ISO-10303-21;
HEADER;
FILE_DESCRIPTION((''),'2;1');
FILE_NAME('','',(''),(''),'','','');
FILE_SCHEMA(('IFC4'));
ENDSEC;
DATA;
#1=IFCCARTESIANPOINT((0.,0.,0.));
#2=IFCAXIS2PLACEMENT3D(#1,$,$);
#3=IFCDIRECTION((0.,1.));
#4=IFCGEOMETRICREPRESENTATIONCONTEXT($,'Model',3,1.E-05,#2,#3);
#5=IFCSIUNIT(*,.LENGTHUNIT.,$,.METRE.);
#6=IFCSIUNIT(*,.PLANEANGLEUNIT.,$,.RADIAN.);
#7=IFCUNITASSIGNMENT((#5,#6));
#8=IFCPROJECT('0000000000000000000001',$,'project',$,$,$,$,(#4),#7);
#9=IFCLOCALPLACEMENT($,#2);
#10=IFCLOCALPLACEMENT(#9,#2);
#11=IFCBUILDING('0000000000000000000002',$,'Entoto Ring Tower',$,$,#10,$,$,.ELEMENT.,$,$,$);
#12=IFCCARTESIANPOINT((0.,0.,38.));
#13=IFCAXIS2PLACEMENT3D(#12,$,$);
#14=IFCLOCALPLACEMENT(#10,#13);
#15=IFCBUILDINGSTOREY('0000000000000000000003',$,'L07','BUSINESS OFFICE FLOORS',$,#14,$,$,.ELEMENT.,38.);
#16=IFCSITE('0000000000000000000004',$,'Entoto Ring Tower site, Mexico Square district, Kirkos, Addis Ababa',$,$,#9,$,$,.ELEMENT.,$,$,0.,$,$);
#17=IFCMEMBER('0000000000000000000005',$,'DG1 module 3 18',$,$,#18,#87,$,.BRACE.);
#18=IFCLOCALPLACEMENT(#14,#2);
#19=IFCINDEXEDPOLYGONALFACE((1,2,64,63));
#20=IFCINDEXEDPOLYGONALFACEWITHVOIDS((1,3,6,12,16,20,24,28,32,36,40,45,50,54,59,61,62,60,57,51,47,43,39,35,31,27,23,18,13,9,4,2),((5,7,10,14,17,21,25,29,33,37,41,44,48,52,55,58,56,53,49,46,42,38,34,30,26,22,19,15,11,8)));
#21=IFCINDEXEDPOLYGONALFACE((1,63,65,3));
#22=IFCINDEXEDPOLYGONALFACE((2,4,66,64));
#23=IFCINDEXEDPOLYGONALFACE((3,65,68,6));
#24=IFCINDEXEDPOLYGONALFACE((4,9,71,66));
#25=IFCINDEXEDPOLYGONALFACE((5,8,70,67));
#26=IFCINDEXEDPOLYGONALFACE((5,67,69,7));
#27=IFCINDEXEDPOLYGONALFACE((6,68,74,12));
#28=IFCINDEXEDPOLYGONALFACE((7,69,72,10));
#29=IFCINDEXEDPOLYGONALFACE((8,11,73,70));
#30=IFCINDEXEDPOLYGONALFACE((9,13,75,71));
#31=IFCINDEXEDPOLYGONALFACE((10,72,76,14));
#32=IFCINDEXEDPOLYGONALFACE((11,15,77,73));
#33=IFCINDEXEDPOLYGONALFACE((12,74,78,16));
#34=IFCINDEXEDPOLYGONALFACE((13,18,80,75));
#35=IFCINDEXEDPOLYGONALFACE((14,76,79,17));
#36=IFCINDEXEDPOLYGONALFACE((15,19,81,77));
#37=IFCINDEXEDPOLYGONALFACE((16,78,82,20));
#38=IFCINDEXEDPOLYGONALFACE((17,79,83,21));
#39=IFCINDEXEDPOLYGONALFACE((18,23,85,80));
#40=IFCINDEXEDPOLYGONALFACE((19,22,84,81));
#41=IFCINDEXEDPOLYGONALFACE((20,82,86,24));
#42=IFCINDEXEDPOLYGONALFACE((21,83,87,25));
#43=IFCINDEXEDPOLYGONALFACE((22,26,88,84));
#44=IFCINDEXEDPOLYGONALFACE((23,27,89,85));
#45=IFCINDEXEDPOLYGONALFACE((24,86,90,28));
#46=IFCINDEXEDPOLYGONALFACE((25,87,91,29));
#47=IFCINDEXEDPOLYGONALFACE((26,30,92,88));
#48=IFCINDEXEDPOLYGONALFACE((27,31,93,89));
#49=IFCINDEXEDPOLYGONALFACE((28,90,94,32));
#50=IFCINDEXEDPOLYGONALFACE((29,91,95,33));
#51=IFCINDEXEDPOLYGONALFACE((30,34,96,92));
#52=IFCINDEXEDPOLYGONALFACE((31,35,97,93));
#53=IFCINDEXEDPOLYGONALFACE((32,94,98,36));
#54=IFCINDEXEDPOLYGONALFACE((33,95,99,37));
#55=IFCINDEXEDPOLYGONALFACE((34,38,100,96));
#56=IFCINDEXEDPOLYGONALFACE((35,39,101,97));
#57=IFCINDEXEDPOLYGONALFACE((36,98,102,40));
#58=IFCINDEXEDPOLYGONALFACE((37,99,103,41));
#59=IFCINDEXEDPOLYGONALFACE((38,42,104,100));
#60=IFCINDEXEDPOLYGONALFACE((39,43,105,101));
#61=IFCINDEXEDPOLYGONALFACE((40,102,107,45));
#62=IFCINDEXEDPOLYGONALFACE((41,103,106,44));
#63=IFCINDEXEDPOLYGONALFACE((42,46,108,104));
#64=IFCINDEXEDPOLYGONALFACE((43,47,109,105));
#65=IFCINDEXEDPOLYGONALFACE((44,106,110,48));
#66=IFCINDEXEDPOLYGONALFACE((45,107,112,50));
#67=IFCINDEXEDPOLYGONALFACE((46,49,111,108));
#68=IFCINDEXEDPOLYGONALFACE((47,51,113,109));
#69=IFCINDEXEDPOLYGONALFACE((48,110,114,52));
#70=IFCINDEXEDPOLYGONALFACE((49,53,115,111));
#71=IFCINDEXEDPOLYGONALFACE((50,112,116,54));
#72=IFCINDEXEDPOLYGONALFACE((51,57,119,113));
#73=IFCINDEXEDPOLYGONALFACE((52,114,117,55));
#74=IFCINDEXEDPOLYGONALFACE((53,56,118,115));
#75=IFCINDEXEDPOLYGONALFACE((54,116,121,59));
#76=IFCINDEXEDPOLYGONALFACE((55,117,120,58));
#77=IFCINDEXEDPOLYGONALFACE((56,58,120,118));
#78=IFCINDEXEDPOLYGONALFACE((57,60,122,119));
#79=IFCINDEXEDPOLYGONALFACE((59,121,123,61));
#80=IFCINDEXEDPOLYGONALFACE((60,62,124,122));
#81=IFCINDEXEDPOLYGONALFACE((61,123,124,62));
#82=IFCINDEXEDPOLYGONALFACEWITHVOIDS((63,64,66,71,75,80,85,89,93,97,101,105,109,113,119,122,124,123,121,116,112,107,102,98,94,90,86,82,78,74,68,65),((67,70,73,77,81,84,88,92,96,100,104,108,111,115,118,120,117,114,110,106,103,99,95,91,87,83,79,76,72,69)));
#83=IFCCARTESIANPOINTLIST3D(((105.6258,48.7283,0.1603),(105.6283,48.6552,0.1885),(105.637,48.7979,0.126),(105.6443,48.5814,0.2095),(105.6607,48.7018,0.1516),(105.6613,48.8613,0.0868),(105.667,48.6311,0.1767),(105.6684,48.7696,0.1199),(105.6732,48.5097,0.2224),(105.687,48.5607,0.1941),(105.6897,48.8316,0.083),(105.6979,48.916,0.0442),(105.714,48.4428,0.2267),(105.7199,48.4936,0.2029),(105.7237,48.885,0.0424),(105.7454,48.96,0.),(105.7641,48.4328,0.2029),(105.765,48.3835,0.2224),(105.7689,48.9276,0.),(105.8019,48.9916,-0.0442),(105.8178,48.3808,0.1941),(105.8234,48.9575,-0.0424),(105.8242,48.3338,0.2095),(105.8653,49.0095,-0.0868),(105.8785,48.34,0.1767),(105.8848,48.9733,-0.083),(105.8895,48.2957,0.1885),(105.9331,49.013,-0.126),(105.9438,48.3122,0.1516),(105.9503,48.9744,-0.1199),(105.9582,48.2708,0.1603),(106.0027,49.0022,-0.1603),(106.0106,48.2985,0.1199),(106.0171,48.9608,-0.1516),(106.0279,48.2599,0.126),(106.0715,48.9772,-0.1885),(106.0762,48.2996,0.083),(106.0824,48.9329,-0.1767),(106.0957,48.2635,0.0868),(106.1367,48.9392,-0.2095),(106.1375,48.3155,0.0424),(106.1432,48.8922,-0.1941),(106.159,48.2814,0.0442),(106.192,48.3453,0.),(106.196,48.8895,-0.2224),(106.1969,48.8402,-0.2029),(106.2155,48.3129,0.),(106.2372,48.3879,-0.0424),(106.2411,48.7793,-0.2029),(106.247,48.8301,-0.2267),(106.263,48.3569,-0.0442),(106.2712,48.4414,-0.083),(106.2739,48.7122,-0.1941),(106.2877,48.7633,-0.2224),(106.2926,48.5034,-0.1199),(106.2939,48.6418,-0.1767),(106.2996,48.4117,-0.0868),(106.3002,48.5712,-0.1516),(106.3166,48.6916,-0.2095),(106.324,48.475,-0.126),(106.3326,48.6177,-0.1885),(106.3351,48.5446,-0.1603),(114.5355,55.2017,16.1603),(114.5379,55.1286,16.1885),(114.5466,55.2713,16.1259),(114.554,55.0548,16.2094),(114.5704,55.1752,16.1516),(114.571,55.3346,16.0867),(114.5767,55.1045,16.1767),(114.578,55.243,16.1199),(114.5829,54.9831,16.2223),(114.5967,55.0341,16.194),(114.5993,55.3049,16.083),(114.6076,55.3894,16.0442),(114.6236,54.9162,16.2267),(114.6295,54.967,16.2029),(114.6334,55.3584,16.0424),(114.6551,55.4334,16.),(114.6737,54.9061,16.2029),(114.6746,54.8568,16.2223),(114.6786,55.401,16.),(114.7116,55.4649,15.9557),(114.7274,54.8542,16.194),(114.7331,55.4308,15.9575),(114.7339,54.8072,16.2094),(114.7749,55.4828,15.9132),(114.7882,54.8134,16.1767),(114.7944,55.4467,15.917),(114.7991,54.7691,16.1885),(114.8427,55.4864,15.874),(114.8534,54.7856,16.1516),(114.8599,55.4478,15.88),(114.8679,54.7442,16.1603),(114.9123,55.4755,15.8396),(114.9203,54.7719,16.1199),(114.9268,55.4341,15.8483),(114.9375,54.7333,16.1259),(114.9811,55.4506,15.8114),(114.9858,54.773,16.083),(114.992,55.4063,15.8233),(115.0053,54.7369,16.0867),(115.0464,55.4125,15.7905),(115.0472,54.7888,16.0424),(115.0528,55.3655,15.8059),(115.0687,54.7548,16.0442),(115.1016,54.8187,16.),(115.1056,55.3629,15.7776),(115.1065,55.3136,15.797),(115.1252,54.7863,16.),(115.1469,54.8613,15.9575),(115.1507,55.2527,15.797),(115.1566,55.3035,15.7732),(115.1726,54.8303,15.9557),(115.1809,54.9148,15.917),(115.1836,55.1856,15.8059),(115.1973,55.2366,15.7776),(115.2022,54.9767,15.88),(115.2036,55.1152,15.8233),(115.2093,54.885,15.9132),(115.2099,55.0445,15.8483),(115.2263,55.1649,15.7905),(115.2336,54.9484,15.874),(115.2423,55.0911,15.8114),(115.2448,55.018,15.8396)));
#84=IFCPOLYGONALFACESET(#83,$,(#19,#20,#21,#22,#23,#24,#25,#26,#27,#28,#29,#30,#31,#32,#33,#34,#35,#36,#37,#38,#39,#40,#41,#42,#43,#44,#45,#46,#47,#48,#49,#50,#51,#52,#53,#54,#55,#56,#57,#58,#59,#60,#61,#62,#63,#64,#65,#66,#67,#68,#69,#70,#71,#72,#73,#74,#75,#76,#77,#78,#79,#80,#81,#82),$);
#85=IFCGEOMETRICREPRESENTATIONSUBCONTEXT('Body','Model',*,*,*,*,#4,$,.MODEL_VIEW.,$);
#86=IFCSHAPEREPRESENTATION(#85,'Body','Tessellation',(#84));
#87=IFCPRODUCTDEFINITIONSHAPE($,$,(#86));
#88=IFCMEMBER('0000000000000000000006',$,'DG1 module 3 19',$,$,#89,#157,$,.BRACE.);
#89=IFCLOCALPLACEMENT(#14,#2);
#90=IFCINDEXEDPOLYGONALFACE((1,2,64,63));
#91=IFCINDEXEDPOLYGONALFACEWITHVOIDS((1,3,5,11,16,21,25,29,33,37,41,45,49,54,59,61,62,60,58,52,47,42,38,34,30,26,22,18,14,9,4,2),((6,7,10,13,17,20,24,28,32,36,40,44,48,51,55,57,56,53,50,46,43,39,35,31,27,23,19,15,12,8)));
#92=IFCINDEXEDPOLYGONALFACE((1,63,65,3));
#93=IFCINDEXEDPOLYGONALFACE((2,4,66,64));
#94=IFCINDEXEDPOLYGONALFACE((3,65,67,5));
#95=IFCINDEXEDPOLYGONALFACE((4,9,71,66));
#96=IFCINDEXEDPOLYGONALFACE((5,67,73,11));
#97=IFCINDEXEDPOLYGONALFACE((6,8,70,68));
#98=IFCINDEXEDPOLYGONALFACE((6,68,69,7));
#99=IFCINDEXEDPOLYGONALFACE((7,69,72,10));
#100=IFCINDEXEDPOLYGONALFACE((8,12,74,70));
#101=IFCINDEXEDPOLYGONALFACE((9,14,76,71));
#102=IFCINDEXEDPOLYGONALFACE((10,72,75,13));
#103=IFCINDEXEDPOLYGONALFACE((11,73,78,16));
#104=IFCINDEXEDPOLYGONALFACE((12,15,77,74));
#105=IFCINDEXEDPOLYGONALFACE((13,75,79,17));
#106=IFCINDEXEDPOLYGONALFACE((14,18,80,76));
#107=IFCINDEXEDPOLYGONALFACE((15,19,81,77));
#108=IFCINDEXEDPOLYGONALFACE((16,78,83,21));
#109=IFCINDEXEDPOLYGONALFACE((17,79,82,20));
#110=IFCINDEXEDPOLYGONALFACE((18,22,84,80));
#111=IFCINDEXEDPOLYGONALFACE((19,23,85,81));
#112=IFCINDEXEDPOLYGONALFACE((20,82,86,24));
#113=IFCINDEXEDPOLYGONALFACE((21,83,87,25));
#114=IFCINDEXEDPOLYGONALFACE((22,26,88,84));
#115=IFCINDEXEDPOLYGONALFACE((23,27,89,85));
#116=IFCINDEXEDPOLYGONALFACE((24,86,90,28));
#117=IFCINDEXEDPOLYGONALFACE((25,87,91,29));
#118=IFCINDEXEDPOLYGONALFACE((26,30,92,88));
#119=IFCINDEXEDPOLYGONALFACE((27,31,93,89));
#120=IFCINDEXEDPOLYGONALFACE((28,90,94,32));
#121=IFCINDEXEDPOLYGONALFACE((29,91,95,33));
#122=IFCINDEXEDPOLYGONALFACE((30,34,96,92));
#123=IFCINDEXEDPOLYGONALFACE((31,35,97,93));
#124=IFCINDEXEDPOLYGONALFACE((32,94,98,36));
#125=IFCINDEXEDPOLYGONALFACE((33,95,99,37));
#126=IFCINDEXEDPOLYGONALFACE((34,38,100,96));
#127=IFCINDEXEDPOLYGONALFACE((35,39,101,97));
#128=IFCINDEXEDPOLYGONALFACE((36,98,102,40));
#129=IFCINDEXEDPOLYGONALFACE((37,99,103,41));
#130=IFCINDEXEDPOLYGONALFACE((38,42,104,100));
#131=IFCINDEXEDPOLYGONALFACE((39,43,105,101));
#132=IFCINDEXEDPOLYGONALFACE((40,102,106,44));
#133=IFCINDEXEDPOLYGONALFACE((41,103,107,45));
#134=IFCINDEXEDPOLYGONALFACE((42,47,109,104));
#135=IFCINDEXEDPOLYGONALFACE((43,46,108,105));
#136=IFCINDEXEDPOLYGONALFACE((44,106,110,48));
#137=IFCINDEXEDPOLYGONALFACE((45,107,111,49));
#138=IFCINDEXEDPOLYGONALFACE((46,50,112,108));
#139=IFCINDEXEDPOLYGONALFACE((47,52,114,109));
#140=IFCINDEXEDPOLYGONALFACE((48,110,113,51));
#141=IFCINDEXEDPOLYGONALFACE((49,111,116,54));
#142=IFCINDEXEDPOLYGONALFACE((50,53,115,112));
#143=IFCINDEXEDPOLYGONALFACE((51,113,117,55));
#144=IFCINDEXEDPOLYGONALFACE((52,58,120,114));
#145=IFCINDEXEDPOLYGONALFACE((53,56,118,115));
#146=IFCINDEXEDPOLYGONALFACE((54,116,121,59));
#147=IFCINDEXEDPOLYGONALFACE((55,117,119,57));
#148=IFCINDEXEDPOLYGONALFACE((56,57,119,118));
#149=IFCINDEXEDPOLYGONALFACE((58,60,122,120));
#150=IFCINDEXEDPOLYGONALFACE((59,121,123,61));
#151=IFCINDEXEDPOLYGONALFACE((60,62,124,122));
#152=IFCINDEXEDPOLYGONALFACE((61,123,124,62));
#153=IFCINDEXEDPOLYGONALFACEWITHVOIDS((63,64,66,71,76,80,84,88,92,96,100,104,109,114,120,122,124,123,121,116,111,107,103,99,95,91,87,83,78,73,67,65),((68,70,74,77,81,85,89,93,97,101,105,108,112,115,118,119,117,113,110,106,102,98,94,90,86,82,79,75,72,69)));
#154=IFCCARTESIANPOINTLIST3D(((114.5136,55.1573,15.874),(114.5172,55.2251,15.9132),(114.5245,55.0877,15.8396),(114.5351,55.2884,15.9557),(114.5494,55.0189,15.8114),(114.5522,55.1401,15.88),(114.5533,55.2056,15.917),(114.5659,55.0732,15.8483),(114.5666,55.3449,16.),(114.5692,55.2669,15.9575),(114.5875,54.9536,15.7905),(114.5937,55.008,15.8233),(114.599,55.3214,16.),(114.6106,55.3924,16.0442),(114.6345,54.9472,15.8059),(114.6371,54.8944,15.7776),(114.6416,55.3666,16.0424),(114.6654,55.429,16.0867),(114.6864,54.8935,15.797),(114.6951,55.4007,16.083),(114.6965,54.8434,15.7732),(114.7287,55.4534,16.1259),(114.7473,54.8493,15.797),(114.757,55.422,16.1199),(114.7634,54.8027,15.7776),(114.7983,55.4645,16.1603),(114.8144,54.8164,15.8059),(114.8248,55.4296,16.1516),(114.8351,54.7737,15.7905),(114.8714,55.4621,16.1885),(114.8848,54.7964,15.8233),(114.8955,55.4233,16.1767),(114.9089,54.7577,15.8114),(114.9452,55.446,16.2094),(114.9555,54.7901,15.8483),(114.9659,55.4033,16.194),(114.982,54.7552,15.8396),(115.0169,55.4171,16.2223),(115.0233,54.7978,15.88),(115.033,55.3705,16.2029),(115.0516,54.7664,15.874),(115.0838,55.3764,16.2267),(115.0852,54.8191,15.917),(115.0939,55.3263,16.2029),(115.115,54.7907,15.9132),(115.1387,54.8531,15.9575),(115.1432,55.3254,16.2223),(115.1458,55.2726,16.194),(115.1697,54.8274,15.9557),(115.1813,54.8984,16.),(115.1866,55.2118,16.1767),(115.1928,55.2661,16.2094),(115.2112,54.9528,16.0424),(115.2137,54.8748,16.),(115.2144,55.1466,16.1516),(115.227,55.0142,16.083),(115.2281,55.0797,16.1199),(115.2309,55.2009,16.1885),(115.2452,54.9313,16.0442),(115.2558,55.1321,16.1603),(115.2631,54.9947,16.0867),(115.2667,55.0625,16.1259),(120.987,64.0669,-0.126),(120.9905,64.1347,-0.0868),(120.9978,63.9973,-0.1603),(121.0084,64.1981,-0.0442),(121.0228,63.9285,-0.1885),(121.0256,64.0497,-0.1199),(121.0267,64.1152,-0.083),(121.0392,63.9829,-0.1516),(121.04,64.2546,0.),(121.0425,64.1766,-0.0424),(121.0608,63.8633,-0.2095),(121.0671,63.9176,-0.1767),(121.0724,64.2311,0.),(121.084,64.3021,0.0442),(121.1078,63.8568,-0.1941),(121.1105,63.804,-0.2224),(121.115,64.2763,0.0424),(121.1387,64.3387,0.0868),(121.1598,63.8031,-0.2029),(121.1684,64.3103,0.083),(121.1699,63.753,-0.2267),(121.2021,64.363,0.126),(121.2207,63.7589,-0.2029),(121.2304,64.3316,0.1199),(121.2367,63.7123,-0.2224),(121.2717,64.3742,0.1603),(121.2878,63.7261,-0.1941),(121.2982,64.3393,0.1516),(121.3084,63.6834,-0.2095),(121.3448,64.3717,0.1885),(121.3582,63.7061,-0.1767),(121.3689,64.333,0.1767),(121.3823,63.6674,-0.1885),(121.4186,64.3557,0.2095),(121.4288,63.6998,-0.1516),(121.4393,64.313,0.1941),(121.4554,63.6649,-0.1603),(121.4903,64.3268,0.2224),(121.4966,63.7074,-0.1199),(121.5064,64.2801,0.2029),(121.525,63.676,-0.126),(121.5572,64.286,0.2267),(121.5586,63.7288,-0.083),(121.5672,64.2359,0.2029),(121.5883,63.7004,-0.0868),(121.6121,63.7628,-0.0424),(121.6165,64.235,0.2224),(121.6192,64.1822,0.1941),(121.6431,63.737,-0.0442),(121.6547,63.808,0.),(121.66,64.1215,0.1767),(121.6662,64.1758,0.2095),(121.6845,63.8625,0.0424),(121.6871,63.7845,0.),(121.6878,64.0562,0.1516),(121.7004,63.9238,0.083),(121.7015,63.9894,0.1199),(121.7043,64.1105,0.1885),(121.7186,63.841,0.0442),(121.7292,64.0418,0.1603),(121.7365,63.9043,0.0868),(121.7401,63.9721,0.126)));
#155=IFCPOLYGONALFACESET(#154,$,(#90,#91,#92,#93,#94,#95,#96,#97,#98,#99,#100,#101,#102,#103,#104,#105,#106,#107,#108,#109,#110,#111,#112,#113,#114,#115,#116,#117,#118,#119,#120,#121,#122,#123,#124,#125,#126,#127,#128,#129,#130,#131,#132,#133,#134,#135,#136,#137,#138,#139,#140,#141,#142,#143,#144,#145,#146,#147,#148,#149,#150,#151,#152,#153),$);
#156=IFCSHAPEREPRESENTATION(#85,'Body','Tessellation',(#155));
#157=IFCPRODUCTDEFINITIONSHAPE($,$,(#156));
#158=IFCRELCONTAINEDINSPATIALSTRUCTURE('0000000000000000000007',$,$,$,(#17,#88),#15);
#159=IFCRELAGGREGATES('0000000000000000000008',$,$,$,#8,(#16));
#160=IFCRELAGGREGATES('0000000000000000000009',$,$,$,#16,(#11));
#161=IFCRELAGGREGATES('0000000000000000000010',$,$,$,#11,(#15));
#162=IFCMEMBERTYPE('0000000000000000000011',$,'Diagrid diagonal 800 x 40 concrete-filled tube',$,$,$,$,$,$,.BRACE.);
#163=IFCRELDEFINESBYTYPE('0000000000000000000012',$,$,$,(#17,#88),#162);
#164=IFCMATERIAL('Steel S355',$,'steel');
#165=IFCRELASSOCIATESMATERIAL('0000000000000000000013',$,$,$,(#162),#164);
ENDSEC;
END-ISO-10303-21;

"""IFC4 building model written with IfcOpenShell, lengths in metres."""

from ifc_helpers import new_model, si_unit, direction, frame, origin, origin_2d, place, context, subcontext, project, spatial, circle, hollow_circle, extrude, material, material_profile, profile_set, type_object, element, save


model = new_model("IFC4")

# Units and contexts
model_context = context("Model", 3, precision=1e-05, world=origin(), true_north=direction((0.0, 1.0)))
body_context = subcontext(model_context, "Body", "Model", "MODEL_VIEW")
ifc_project = project(units=[si_unit("LENGTHUNIT", "METRE"), si_unit("PLANEANGLEUNIT", "RADIAN")], contexts=[model_context])

# Site, building, storey
site_placement = place(None, origin())
site = spatial("IfcSite", under=ifc_project, at=site_placement, Name="Entoto Ring Tower site, Mexico Square district, Kirkos, Addis Ababa", CompositionType="ELEMENT", RefElevation=0.0)
building_placement = place(site_placement, origin())
building = spatial("IfcBuilding", under=site, at=building_placement, Name="Entoto Ring Tower", CompositionType="ELEMENT")
storey_placement = place(building_placement, frame((0.0, 0.0, 38.0)))
storey = spatial("IfcBuildingStorey", under=building, at=storey_placement, Name="L07", Description="BUSINESS OFFICE FLOORS", CompositionType="ELEMENT", Elevation=38.0)

# Members
ifc_material_1 = material(Name="Steel S355", Category="steel")
ifc_material_profile_1 = material_profile(ifc_material_1, hollow_circle(Radius=0.3999, WallThickness=0.04, at=origin_2d()), Name="CHS 800 x 40")
ifc_material_2 = material(Name="Concrete C60/75", Category="concrete")
ifc_material_profile_2 = material_profile(ifc_material_2, circle(Radius=0.3601, at=origin_2d()), Name="Concrete C60/75 infill")
ifc_profile_set_1 = profile_set([ifc_material_profile_1, ifc_material_profile_2], Name="Steel S355")
member_type_1 = type_object("IfcMemberType", Name="Diagrid diagonal 800 x 40 concrete-filled tube", PredefinedType="BRACE", material=ifc_profile_set_1)
for number, where, z_axis, x_axis, name in (
    (1, (105.9805, 48.6365, 0.0), (0.458697, 0.33327, 0.823729), (-0.587793, 0.809011, 0.0), "DG1 module 3 18"),
    (2, (121.3635, 64.0195, 0.0), (-0.33327, -0.458697, 0.823729), (0.809011, -0.587793, 0.0), "DG1 module 3 19"),
):
    element("IfcMember", number, at=place(storey_placement, frame(where, z_axis=z_axis, x_axis=x_axis)), inside=storey, type_object=member_type_1, Name=name, PredefinedType="BRACE", context=body_context, shape_type="SweptSolid", body=[
        extrude(hollow_circle(Radius=0.3999, WallThickness=0.04, at=origin_2d()), origin(), (0.0, 0.0, 1.0), 19.4238),
    ])

save(model, "model.ifc")
